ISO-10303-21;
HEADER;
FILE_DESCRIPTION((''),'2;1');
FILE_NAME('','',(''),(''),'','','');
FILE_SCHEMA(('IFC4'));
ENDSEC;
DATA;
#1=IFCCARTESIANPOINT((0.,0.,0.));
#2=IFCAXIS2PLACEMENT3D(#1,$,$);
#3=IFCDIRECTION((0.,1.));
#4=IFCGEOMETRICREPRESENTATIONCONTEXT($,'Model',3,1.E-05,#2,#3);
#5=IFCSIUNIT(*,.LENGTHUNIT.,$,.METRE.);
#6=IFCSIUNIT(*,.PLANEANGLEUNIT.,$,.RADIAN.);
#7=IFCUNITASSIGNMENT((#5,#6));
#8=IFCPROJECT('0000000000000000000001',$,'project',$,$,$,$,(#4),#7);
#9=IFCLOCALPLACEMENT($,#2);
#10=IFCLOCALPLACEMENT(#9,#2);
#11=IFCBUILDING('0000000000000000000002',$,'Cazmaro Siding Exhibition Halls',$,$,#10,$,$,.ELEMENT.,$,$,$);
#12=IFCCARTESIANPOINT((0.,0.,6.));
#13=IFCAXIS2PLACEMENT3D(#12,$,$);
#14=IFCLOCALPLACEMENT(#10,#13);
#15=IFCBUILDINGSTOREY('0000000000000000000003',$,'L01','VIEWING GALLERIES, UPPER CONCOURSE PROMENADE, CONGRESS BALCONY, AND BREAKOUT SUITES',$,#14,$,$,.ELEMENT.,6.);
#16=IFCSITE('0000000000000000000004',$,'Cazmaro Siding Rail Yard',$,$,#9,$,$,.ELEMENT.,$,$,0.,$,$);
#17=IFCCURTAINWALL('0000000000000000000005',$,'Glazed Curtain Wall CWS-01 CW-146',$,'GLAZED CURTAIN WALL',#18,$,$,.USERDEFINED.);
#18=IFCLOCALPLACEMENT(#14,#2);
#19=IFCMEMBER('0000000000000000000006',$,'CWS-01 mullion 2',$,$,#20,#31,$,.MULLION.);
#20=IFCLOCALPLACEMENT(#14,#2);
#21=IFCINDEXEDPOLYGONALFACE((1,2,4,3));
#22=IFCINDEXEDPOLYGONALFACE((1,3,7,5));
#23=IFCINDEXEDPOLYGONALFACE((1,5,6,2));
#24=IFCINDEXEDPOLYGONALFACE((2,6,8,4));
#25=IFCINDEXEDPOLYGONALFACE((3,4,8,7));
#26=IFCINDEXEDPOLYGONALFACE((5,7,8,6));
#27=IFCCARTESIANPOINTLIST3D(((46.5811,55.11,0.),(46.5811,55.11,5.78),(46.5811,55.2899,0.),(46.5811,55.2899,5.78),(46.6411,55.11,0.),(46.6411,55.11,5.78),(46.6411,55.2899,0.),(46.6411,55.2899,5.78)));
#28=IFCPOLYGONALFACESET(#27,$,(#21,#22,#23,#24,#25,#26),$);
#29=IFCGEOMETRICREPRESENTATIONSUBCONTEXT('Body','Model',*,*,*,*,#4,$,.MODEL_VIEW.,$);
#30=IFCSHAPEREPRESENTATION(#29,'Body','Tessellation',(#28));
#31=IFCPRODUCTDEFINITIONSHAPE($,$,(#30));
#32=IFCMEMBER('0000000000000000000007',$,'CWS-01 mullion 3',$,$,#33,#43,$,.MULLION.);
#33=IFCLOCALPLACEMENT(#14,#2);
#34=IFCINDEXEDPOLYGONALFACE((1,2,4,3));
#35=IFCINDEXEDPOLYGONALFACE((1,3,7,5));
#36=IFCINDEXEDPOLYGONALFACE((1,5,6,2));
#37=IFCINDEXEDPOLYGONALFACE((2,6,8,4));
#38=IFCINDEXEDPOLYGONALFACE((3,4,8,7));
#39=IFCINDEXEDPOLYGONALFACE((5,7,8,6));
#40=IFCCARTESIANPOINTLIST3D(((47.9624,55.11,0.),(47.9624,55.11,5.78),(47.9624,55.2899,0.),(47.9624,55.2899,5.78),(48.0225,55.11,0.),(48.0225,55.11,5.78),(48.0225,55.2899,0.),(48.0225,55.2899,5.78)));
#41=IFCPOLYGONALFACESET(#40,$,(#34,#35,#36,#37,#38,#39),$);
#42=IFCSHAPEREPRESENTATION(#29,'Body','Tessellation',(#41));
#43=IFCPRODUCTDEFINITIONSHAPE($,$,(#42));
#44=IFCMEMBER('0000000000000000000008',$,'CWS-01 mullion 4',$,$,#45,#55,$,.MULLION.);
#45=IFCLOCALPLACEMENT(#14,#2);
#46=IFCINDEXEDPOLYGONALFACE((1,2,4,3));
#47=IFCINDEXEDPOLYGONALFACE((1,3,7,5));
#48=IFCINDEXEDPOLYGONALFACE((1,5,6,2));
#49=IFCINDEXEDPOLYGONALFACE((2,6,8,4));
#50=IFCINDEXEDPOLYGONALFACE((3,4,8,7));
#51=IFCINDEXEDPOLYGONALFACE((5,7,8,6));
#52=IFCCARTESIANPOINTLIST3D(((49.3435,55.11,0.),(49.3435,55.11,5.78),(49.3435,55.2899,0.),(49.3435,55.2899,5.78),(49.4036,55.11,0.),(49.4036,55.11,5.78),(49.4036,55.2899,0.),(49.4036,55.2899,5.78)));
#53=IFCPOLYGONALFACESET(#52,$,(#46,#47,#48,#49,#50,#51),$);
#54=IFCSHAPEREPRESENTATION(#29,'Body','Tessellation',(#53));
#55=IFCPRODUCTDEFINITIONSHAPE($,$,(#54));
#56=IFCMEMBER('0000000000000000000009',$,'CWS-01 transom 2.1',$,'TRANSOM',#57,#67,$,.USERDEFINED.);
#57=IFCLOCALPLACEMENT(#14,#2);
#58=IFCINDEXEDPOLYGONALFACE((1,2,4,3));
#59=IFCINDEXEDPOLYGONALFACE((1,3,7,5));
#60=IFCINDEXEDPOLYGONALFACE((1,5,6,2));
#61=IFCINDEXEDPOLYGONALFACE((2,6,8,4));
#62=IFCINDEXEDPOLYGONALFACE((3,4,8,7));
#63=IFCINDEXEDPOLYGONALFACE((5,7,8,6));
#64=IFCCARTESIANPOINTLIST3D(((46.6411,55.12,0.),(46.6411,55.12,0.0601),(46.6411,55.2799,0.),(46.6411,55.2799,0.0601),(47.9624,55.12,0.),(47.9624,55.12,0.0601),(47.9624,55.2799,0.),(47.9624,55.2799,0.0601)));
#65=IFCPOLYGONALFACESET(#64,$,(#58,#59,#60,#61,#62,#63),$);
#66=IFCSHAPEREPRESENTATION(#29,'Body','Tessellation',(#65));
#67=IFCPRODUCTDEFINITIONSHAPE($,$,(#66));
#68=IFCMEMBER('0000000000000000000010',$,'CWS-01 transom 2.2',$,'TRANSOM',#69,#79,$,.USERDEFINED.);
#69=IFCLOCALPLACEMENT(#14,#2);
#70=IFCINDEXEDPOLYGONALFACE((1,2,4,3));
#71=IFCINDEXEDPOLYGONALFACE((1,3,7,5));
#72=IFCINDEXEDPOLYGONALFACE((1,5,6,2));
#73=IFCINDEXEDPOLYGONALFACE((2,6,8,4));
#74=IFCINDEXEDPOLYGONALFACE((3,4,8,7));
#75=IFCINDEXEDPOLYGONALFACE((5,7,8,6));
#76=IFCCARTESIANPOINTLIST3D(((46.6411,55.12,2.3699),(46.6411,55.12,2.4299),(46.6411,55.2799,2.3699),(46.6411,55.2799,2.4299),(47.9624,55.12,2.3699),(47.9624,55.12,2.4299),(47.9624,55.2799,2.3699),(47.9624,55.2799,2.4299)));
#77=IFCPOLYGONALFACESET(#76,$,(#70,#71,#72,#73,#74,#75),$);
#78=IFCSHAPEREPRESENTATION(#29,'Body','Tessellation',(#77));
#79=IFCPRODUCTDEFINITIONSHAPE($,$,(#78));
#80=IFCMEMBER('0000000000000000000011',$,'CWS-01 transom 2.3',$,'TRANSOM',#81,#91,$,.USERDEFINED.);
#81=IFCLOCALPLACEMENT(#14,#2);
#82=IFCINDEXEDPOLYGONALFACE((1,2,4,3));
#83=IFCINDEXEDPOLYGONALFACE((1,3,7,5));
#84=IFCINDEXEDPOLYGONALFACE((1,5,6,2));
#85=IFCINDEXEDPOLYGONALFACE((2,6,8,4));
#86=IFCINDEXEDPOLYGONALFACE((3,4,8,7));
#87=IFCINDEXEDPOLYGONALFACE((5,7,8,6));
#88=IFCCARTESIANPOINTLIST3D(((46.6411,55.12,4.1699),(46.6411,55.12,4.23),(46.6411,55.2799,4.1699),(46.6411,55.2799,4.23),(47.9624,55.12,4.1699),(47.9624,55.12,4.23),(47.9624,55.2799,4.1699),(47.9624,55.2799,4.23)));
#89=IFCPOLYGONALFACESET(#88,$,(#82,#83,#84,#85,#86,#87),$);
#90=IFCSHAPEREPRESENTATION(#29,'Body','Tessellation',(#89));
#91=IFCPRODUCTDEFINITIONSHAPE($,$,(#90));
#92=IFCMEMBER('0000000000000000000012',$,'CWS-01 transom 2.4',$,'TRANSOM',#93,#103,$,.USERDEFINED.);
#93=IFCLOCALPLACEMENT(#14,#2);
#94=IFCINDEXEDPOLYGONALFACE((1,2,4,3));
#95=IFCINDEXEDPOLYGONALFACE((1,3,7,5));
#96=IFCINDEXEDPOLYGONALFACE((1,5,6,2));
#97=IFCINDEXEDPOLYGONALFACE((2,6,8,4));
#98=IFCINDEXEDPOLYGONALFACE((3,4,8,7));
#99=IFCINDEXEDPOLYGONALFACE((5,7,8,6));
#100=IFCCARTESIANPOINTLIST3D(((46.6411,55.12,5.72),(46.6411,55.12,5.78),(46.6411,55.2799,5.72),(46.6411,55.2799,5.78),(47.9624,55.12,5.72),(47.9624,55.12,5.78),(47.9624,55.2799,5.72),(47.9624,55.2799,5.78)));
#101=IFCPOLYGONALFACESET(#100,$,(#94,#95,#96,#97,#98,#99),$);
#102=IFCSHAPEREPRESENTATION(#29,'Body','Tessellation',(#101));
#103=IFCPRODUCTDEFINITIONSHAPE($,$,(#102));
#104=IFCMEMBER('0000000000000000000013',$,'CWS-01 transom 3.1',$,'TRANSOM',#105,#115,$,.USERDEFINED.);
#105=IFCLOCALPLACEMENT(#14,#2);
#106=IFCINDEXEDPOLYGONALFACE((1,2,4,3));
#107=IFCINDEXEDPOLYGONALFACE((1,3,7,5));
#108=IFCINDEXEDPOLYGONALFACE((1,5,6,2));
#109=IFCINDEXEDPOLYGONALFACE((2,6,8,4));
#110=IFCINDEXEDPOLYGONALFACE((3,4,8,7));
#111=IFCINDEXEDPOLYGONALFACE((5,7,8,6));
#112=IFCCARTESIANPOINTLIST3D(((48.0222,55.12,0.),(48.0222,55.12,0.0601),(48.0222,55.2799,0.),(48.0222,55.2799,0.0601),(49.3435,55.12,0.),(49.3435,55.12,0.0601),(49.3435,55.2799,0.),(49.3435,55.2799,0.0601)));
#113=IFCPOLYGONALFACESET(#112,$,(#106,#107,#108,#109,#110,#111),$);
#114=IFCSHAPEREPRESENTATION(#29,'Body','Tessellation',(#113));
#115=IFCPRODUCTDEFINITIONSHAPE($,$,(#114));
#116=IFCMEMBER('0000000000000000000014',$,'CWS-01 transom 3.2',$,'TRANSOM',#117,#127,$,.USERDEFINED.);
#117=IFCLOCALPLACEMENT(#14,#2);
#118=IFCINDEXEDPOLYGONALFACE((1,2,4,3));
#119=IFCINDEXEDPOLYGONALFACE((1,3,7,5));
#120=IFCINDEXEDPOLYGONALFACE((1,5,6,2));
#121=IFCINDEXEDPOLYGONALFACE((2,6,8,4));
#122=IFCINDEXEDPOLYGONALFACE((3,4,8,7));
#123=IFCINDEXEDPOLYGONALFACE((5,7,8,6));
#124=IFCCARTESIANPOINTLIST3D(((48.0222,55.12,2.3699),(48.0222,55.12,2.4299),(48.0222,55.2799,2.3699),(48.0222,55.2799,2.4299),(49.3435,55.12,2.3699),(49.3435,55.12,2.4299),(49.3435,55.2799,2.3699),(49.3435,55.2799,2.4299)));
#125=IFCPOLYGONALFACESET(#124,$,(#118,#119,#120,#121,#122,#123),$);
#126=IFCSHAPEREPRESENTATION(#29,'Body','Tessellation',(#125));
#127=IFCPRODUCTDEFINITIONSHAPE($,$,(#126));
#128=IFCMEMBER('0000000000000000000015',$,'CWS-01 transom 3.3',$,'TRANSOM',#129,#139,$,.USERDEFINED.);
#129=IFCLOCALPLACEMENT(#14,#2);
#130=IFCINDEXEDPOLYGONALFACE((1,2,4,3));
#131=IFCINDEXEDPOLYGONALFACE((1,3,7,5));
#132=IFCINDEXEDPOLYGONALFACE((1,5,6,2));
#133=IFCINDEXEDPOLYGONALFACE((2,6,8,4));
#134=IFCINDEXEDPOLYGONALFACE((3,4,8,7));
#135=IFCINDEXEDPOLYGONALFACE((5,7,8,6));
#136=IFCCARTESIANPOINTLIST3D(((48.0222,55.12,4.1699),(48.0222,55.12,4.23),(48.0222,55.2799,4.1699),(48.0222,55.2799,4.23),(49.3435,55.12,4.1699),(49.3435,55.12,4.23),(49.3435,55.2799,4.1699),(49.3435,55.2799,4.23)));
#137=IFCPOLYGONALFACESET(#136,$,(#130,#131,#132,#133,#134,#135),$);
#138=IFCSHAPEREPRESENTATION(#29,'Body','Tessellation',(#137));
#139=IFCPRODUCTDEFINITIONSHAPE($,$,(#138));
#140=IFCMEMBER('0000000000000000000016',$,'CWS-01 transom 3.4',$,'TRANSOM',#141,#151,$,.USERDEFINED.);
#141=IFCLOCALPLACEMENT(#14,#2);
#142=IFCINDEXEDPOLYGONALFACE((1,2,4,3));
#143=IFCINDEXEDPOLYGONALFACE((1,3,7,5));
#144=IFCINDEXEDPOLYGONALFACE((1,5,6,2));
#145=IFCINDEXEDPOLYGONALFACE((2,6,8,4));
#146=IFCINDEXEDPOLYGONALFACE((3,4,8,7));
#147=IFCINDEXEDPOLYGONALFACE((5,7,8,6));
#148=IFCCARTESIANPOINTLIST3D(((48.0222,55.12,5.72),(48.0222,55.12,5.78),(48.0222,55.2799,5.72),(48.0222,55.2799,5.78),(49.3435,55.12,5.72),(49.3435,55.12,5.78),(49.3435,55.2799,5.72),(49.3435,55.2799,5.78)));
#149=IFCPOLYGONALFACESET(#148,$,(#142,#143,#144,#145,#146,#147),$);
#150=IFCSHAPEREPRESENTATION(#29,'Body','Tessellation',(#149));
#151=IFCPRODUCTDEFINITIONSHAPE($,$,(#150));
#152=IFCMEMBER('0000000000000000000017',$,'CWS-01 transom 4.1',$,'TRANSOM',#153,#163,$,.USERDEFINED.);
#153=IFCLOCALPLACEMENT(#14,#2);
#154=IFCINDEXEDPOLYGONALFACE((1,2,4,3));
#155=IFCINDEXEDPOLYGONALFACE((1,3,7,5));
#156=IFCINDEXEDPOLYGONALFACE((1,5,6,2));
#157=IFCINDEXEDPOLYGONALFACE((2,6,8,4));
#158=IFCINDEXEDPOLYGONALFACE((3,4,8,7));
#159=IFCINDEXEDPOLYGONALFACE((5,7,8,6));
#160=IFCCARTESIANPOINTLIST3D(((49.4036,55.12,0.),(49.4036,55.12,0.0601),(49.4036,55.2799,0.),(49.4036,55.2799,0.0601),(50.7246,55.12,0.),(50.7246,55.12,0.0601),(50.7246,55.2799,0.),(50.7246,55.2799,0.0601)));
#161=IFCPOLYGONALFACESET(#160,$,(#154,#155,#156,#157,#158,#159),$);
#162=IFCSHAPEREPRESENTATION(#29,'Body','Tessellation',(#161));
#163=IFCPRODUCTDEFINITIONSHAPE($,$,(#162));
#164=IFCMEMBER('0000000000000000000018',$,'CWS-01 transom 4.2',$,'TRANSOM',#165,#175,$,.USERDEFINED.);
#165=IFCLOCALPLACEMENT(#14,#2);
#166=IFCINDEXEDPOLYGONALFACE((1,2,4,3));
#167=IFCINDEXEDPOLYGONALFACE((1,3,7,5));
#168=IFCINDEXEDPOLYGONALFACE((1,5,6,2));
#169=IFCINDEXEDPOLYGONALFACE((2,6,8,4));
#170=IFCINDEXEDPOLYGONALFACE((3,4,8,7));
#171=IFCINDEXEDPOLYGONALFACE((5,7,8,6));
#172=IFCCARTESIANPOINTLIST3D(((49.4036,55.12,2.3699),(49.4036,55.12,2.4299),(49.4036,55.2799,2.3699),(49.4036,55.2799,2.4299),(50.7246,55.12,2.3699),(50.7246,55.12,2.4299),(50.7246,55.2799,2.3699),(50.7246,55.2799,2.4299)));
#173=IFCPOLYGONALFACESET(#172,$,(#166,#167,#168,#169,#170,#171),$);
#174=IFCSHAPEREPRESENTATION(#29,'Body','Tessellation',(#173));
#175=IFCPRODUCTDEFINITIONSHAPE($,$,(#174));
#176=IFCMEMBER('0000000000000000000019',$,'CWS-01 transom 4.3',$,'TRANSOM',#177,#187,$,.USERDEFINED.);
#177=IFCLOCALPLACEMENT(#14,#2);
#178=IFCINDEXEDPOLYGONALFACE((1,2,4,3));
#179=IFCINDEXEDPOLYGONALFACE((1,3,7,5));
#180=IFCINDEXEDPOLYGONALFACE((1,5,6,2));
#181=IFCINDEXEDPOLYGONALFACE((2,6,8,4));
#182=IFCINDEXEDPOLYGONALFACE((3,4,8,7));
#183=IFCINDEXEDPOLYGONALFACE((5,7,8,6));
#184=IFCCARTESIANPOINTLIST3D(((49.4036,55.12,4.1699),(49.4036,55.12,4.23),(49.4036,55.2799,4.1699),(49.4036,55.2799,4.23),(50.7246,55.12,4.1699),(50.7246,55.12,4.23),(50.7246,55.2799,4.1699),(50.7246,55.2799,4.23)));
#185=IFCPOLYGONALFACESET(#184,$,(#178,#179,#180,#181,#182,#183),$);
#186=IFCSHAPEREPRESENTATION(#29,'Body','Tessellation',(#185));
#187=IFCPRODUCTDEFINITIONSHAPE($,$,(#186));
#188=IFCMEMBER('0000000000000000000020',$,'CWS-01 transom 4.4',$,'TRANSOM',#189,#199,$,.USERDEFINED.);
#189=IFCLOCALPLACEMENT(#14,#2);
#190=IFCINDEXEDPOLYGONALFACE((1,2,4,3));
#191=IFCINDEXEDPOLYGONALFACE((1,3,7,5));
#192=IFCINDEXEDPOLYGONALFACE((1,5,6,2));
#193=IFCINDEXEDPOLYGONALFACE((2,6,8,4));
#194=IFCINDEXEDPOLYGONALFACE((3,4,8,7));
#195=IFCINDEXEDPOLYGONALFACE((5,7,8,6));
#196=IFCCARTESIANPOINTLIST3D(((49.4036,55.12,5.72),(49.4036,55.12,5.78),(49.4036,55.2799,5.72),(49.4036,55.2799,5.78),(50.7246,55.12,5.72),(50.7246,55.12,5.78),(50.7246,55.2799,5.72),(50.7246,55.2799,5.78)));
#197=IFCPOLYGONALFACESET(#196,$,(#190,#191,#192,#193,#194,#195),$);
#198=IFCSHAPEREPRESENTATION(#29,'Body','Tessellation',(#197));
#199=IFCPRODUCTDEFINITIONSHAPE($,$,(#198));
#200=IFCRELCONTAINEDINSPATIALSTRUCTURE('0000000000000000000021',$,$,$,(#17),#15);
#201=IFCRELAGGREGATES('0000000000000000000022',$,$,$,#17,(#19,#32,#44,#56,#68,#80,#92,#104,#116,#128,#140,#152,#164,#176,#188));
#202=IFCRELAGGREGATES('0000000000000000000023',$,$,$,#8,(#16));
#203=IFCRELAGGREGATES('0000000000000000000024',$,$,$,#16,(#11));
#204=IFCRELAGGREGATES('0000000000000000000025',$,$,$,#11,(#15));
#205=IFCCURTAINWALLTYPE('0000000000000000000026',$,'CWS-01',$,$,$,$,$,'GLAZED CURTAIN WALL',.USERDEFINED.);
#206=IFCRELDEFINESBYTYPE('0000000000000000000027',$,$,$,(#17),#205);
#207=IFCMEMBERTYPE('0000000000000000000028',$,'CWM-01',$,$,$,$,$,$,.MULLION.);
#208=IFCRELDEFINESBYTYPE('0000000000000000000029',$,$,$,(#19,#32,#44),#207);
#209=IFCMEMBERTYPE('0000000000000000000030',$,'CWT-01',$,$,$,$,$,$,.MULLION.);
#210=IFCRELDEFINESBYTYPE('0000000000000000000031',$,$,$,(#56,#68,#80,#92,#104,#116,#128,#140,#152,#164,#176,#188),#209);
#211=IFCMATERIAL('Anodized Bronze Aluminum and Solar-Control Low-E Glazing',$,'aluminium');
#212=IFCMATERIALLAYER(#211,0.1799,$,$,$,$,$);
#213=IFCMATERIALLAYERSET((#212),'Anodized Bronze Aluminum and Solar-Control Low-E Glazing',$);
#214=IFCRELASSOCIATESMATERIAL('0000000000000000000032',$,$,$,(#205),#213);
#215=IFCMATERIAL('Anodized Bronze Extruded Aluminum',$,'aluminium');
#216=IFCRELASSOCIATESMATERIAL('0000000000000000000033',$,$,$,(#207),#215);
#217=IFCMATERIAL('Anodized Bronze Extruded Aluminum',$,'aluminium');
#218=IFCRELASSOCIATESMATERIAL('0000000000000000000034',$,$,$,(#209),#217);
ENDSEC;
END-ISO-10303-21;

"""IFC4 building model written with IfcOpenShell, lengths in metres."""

from ifc_helpers import new_model, si_unit, direction, frame, origin, origin_2d, place, context, subcontext, project, spatial, rectangle, extrude, material, layer, layer_set, material_profile, profile_set, type_object, element, aggregate, save


model = new_model("IFC4")

# Units and contexts
model_context = context("Model", 3, precision=1e-05, world=origin(), true_north=direction((0.0, 1.0)))
body_context = subcontext(model_context, "Body", "Model", "MODEL_VIEW")
ifc_project = project(units=[si_unit("LENGTHUNIT", "METRE"), si_unit("PLANEANGLEUNIT", "RADIAN")], contexts=[model_context])

# Site, building, storey
site_placement = place(None, origin())
site = spatial("IfcSite", under=ifc_project, at=site_placement, Name="Cazmaro Siding Rail Yard", CompositionType="ELEMENT", RefElevation=0.0)
building_placement = place(site_placement, origin())
building = spatial("IfcBuilding", under=site, at=building_placement, Name="Cazmaro Siding Exhibition Halls", CompositionType="ELEMENT")
storey_placement = place(building_placement, frame((0.0, 0.0, 6.0)))
storey = spatial("IfcBuildingStorey", under=building, at=storey_placement, Name="L01", Description="VIEWING GALLERIES, UPPER CONCOURSE PROMENADE, CONGRESS BALCONY, AND BREAKOUT SUITES", CompositionType="ELEMENT", Elevation=6.0)

# Curtain wall, members
ifc_material_1 = material(Name="Anodized Bronze Aluminum and Solar-Control Low-E Glazing", Category="aluminium")
ifc_layer_1 = layer(ifc_material_1, 0.1799)
ifc_layer_set_1 = layer_set([ifc_layer_1], Name="Anodized Bronze Aluminum and Solar-Control Low-E Glazing")
curtain_wall_type = type_object("IfcCurtainWallType", Name="CWS-01", ElementType="GLAZED CURTAIN WALL", PredefinedType="USERDEFINED", material=ifc_layer_set_1)
curtain_wall_placement = place(storey_placement, origin())
curtain_wall = element("IfcCurtainWall", 1, at=curtain_wall_placement, inside=storey, type_object=curtain_wall_type, Name="Glazed Curtain Wall CWS-01 CW-146", ObjectType="GLAZED CURTAIN WALL", PredefinedType="USERDEFINED")
ifc_material_2 = material(Name="Anodized Bronze Extruded Aluminum", Category="aluminium")
ifc_material_profile_1 = material_profile(ifc_material_2, rectangle(XDim=0.1799, YDim=0.0601, at=origin_2d()), Name="CWM-01")
ifc_profile_set_1 = profile_set([ifc_material_profile_1], Name="Anodized Bronze Extruded Aluminum")
member_type_1 = type_object("IfcMemberType", Name="CWM-01", PredefinedType="MULLION", material=ifc_profile_set_1)
member_1_placement = place(storey_placement, frame((46.6111, 55.2, 0.0), z_axis=(0.0, 0.0, 1.0), x_axis=(0.0, 1.0, 0.0)))
member_1 = element("IfcMember", 2, at=member_1_placement, type_object=member_type_1, Name="CWS-01 mullion 2", PredefinedType="MULLION", context=body_context, shape_type="SweptSolid", body=[
    extrude(rectangle(XDim=0.1799, YDim=0.0601, at=origin_2d()), origin(), (0.0, 0.0, 1.0), 5.78),
])
member_2_placement = place(storey_placement, frame((47.9924, 55.2, 0.0), z_axis=(0.0, 0.0, 1.0), x_axis=(0.0, 1.0, 0.0)))
member_2 = element("IfcMember", 3, at=member_2_placement, type_object=member_type_1, Name="CWS-01 mullion 3", PredefinedType="MULLION", context=body_context, shape_type="SweptSolid", body=[
    extrude(rectangle(XDim=0.1799, YDim=0.0601, at=origin_2d()), origin(), (0.0, 0.0, 1.0), 5.78),
])
member_3_placement = place(storey_placement, frame((49.3735, 55.2, 0.0), z_axis=(0.0, 0.0, 1.0), x_axis=(0.0, 1.0, 0.0)))
member_3 = element("IfcMember", 4, at=member_3_placement, type_object=member_type_1, Name="CWS-01 mullion 4", PredefinedType="MULLION", context=body_context, shape_type="SweptSolid", body=[
    extrude(rectangle(XDim=0.1799, YDim=0.0601, at=origin_2d()), origin(), (0.0, 0.0, 1.0), 5.78),
])
ifc_material_3 = material(Name="Anodized Bronze Extruded Aluminum", Category="aluminium")
ifc_material_profile_2 = material_profile(ifc_material_3, rectangle(XDim=0.1599, YDim=0.0601, at=origin_2d()), Name="CWT-01")
ifc_profile_set_2 = profile_set([ifc_material_profile_2], Name="Anodized Bronze Extruded Aluminum")
member_type_2 = type_object("IfcMemberType", Name="CWT-01", PredefinedType="MULLION", material=ifc_profile_set_2)
member_4_placement = place(storey_placement, frame((46.6411, 55.2, 0.03), z_axis=(1.0, 0.0, 0.0), x_axis=(0.0, 1.0, 0.0)))
member_4 = element("IfcMember", 5, at=member_4_placement, type_object=member_type_2, Name="CWS-01 transom 2.1", ObjectType="TRANSOM", PredefinedType="USERDEFINED", context=body_context, shape_type="SweptSolid", body=[
    extrude(rectangle(XDim=0.1599, YDim=0.0601, at=origin_2d()), origin(), (0.0, 0.0, 1.0), 1.3213),
])
member_5_placement = place(storey_placement, frame((46.6411, 55.2, 2.3999), z_axis=(1.0, 0.0, 0.0), x_axis=(0.0, 1.0, 0.0)))
member_5 = element("IfcMember", 6, at=member_5_placement, type_object=member_type_2, Name="CWS-01 transom 2.2", ObjectType="TRANSOM", PredefinedType="USERDEFINED", context=body_context, shape_type="SweptSolid", body=[
    extrude(rectangle(XDim=0.1599, YDim=0.0601, at=origin_2d()), origin(), (0.0, 0.0, 1.0), 1.3213),
])
member_6_placement = place(storey_placement, frame((46.6411, 55.2, 4.2), z_axis=(1.0, 0.0, 0.0), x_axis=(0.0, 1.0, 0.0)))
member_6 = element("IfcMember", 7, at=member_6_placement, type_object=member_type_2, Name="CWS-01 transom 2.3", ObjectType="TRANSOM", PredefinedType="USERDEFINED", context=body_context, shape_type="SweptSolid", body=[
    extrude(rectangle(XDim=0.1599, YDim=0.0601, at=origin_2d()), origin(), (0.0, 0.0, 1.0), 1.3213),
])
member_7_placement = place(storey_placement, frame((46.6411, 55.2, 5.75), z_axis=(1.0, 0.0, 0.0), x_axis=(0.0, 1.0, 0.0)))
member_7 = element("IfcMember", 8, at=member_7_placement, type_object=member_type_2, Name="CWS-01 transom 2.4", ObjectType="TRANSOM", PredefinedType="USERDEFINED", context=body_context, shape_type="SweptSolid", body=[
    extrude(rectangle(XDim=0.1599, YDim=0.0601, at=origin_2d()), origin(), (0.0, 0.0, 1.0), 1.3213),
])
member_8_placement = place(storey_placement, frame((48.0222, 55.2, 0.03), z_axis=(1.0, 0.0, 0.0), x_axis=(0.0, 1.0, 0.0)))
member_8 = element("IfcMember", 9, at=member_8_placement, type_object=member_type_2, Name="CWS-01 transom 3.1", ObjectType="TRANSOM", PredefinedType="USERDEFINED", context=body_context, shape_type="SweptSolid", body=[
    extrude(rectangle(XDim=0.1599, YDim=0.0601, at=origin_2d()), origin(), (0.0, 0.0, 1.0), 1.3213),
])
member_9_placement = place(storey_placement, frame((48.0222, 55.2, 2.3999), z_axis=(1.0, 0.0, 0.0), x_axis=(0.0, 1.0, 0.0)))
member_9 = element("IfcMember", 10, at=member_9_placement, type_object=member_type_2, Name="CWS-01 transom 3.2", ObjectType="TRANSOM", PredefinedType="USERDEFINED", context=body_context, shape_type="SweptSolid", body=[
    extrude(rectangle(XDim=0.1599, YDim=0.0601, at=origin_2d()), origin(), (0.0, 0.0, 1.0), 1.3213),
])
member_10_placement = place(storey_placement, frame((48.0222, 55.2, 4.2), z_axis=(1.0, 0.0, 0.0), x_axis=(0.0, 1.0, 0.0)))
member_10 = element("IfcMember", 11, at=member_10_placement, type_object=member_type_2, Name="CWS-01 transom 3.3", ObjectType="TRANSOM", PredefinedType="USERDEFINED", context=body_context, shape_type="SweptSolid", body=[
    extrude(rectangle(XDim=0.1599, YDim=0.0601, at=origin_2d()), origin(), (0.0, 0.0, 1.0), 1.3213),
])
member_11_placement = place(storey_placement, frame((48.0222, 55.2, 5.75), z_axis=(1.0, 0.0, 0.0), x_axis=(0.0, 1.0, 0.0)))
member_11 = element("IfcMember", 12, at=member_11_placement, type_object=member_type_2, Name="CWS-01 transom 3.4", ObjectType="TRANSOM", PredefinedType="USERDEFINED", context=body_context, shape_type="SweptSolid", body=[
    extrude(rectangle(XDim=0.1599, YDim=0.0601, at=origin_2d()), origin(), (0.0, 0.0, 1.0), 1.3213),
])
member_12_placement = place(storey_placement, frame((49.4036, 55.2, 0.03), z_axis=(1.0, 0.0, 0.0), x_axis=(0.0, 1.0, 0.0)))
member_12 = element("IfcMember", 13, at=member_12_placement, type_object=member_type_2, Name="CWS-01 transom 4.1", ObjectType="TRANSOM", PredefinedType="USERDEFINED", context=body_context, shape_type="SweptSolid", body=[
    extrude(rectangle(XDim=0.1599, YDim=0.0601, at=origin_2d()), origin(), (0.0, 0.0, 1.0), 1.321),
])
member_13_placement = place(storey_placement, frame((49.4036, 55.2, 2.3999), z_axis=(1.0, 0.0, 0.0), x_axis=(0.0, 1.0, 0.0)))
member_13 = element("IfcMember", 14, at=member_13_placement, type_object=member_type_2, Name="CWS-01 transom 4.2", ObjectType="TRANSOM", PredefinedType="USERDEFINED", context=body_context, shape_type="SweptSolid", body=[
    extrude(rectangle(XDim=0.1599, YDim=0.0601, at=origin_2d()), origin(), (0.0, 0.0, 1.0), 1.321),
])
member_14_placement = place(storey_placement, frame((49.4036, 55.2, 4.2), z_axis=(1.0, 0.0, 0.0), x_axis=(0.0, 1.0, 0.0)))
member_14 = element("IfcMember", 15, at=member_14_placement, type_object=member_type_2, Name="CWS-01 transom 4.3", ObjectType="TRANSOM", PredefinedType="USERDEFINED", context=body_context, shape_type="SweptSolid", body=[
    extrude(rectangle(XDim=0.1599, YDim=0.0601, at=origin_2d()), origin(), (0.0, 0.0, 1.0), 1.321),
])
member_15_placement = place(storey_placement, frame((49.4036, 55.2, 5.75), z_axis=(1.0, 0.0, 0.0), x_axis=(0.0, 1.0, 0.0)))
member_15 = element("IfcMember", 16, at=member_15_placement, type_object=member_type_2, Name="CWS-01 transom 4.4", ObjectType="TRANSOM", PredefinedType="USERDEFINED", context=body_context, shape_type="SweptSolid", body=[
    extrude(rectangle(XDim=0.1599, YDim=0.0601, at=origin_2d()), origin(), (0.0, 0.0, 1.0), 1.321),
])
aggregate(curtain_wall, [member_1, member_2, member_3, member_4, member_5, member_6, member_7, member_8, member_9, member_10, member_11, member_12, member_13, member_14, member_15])

save(model, "model.ifc")
